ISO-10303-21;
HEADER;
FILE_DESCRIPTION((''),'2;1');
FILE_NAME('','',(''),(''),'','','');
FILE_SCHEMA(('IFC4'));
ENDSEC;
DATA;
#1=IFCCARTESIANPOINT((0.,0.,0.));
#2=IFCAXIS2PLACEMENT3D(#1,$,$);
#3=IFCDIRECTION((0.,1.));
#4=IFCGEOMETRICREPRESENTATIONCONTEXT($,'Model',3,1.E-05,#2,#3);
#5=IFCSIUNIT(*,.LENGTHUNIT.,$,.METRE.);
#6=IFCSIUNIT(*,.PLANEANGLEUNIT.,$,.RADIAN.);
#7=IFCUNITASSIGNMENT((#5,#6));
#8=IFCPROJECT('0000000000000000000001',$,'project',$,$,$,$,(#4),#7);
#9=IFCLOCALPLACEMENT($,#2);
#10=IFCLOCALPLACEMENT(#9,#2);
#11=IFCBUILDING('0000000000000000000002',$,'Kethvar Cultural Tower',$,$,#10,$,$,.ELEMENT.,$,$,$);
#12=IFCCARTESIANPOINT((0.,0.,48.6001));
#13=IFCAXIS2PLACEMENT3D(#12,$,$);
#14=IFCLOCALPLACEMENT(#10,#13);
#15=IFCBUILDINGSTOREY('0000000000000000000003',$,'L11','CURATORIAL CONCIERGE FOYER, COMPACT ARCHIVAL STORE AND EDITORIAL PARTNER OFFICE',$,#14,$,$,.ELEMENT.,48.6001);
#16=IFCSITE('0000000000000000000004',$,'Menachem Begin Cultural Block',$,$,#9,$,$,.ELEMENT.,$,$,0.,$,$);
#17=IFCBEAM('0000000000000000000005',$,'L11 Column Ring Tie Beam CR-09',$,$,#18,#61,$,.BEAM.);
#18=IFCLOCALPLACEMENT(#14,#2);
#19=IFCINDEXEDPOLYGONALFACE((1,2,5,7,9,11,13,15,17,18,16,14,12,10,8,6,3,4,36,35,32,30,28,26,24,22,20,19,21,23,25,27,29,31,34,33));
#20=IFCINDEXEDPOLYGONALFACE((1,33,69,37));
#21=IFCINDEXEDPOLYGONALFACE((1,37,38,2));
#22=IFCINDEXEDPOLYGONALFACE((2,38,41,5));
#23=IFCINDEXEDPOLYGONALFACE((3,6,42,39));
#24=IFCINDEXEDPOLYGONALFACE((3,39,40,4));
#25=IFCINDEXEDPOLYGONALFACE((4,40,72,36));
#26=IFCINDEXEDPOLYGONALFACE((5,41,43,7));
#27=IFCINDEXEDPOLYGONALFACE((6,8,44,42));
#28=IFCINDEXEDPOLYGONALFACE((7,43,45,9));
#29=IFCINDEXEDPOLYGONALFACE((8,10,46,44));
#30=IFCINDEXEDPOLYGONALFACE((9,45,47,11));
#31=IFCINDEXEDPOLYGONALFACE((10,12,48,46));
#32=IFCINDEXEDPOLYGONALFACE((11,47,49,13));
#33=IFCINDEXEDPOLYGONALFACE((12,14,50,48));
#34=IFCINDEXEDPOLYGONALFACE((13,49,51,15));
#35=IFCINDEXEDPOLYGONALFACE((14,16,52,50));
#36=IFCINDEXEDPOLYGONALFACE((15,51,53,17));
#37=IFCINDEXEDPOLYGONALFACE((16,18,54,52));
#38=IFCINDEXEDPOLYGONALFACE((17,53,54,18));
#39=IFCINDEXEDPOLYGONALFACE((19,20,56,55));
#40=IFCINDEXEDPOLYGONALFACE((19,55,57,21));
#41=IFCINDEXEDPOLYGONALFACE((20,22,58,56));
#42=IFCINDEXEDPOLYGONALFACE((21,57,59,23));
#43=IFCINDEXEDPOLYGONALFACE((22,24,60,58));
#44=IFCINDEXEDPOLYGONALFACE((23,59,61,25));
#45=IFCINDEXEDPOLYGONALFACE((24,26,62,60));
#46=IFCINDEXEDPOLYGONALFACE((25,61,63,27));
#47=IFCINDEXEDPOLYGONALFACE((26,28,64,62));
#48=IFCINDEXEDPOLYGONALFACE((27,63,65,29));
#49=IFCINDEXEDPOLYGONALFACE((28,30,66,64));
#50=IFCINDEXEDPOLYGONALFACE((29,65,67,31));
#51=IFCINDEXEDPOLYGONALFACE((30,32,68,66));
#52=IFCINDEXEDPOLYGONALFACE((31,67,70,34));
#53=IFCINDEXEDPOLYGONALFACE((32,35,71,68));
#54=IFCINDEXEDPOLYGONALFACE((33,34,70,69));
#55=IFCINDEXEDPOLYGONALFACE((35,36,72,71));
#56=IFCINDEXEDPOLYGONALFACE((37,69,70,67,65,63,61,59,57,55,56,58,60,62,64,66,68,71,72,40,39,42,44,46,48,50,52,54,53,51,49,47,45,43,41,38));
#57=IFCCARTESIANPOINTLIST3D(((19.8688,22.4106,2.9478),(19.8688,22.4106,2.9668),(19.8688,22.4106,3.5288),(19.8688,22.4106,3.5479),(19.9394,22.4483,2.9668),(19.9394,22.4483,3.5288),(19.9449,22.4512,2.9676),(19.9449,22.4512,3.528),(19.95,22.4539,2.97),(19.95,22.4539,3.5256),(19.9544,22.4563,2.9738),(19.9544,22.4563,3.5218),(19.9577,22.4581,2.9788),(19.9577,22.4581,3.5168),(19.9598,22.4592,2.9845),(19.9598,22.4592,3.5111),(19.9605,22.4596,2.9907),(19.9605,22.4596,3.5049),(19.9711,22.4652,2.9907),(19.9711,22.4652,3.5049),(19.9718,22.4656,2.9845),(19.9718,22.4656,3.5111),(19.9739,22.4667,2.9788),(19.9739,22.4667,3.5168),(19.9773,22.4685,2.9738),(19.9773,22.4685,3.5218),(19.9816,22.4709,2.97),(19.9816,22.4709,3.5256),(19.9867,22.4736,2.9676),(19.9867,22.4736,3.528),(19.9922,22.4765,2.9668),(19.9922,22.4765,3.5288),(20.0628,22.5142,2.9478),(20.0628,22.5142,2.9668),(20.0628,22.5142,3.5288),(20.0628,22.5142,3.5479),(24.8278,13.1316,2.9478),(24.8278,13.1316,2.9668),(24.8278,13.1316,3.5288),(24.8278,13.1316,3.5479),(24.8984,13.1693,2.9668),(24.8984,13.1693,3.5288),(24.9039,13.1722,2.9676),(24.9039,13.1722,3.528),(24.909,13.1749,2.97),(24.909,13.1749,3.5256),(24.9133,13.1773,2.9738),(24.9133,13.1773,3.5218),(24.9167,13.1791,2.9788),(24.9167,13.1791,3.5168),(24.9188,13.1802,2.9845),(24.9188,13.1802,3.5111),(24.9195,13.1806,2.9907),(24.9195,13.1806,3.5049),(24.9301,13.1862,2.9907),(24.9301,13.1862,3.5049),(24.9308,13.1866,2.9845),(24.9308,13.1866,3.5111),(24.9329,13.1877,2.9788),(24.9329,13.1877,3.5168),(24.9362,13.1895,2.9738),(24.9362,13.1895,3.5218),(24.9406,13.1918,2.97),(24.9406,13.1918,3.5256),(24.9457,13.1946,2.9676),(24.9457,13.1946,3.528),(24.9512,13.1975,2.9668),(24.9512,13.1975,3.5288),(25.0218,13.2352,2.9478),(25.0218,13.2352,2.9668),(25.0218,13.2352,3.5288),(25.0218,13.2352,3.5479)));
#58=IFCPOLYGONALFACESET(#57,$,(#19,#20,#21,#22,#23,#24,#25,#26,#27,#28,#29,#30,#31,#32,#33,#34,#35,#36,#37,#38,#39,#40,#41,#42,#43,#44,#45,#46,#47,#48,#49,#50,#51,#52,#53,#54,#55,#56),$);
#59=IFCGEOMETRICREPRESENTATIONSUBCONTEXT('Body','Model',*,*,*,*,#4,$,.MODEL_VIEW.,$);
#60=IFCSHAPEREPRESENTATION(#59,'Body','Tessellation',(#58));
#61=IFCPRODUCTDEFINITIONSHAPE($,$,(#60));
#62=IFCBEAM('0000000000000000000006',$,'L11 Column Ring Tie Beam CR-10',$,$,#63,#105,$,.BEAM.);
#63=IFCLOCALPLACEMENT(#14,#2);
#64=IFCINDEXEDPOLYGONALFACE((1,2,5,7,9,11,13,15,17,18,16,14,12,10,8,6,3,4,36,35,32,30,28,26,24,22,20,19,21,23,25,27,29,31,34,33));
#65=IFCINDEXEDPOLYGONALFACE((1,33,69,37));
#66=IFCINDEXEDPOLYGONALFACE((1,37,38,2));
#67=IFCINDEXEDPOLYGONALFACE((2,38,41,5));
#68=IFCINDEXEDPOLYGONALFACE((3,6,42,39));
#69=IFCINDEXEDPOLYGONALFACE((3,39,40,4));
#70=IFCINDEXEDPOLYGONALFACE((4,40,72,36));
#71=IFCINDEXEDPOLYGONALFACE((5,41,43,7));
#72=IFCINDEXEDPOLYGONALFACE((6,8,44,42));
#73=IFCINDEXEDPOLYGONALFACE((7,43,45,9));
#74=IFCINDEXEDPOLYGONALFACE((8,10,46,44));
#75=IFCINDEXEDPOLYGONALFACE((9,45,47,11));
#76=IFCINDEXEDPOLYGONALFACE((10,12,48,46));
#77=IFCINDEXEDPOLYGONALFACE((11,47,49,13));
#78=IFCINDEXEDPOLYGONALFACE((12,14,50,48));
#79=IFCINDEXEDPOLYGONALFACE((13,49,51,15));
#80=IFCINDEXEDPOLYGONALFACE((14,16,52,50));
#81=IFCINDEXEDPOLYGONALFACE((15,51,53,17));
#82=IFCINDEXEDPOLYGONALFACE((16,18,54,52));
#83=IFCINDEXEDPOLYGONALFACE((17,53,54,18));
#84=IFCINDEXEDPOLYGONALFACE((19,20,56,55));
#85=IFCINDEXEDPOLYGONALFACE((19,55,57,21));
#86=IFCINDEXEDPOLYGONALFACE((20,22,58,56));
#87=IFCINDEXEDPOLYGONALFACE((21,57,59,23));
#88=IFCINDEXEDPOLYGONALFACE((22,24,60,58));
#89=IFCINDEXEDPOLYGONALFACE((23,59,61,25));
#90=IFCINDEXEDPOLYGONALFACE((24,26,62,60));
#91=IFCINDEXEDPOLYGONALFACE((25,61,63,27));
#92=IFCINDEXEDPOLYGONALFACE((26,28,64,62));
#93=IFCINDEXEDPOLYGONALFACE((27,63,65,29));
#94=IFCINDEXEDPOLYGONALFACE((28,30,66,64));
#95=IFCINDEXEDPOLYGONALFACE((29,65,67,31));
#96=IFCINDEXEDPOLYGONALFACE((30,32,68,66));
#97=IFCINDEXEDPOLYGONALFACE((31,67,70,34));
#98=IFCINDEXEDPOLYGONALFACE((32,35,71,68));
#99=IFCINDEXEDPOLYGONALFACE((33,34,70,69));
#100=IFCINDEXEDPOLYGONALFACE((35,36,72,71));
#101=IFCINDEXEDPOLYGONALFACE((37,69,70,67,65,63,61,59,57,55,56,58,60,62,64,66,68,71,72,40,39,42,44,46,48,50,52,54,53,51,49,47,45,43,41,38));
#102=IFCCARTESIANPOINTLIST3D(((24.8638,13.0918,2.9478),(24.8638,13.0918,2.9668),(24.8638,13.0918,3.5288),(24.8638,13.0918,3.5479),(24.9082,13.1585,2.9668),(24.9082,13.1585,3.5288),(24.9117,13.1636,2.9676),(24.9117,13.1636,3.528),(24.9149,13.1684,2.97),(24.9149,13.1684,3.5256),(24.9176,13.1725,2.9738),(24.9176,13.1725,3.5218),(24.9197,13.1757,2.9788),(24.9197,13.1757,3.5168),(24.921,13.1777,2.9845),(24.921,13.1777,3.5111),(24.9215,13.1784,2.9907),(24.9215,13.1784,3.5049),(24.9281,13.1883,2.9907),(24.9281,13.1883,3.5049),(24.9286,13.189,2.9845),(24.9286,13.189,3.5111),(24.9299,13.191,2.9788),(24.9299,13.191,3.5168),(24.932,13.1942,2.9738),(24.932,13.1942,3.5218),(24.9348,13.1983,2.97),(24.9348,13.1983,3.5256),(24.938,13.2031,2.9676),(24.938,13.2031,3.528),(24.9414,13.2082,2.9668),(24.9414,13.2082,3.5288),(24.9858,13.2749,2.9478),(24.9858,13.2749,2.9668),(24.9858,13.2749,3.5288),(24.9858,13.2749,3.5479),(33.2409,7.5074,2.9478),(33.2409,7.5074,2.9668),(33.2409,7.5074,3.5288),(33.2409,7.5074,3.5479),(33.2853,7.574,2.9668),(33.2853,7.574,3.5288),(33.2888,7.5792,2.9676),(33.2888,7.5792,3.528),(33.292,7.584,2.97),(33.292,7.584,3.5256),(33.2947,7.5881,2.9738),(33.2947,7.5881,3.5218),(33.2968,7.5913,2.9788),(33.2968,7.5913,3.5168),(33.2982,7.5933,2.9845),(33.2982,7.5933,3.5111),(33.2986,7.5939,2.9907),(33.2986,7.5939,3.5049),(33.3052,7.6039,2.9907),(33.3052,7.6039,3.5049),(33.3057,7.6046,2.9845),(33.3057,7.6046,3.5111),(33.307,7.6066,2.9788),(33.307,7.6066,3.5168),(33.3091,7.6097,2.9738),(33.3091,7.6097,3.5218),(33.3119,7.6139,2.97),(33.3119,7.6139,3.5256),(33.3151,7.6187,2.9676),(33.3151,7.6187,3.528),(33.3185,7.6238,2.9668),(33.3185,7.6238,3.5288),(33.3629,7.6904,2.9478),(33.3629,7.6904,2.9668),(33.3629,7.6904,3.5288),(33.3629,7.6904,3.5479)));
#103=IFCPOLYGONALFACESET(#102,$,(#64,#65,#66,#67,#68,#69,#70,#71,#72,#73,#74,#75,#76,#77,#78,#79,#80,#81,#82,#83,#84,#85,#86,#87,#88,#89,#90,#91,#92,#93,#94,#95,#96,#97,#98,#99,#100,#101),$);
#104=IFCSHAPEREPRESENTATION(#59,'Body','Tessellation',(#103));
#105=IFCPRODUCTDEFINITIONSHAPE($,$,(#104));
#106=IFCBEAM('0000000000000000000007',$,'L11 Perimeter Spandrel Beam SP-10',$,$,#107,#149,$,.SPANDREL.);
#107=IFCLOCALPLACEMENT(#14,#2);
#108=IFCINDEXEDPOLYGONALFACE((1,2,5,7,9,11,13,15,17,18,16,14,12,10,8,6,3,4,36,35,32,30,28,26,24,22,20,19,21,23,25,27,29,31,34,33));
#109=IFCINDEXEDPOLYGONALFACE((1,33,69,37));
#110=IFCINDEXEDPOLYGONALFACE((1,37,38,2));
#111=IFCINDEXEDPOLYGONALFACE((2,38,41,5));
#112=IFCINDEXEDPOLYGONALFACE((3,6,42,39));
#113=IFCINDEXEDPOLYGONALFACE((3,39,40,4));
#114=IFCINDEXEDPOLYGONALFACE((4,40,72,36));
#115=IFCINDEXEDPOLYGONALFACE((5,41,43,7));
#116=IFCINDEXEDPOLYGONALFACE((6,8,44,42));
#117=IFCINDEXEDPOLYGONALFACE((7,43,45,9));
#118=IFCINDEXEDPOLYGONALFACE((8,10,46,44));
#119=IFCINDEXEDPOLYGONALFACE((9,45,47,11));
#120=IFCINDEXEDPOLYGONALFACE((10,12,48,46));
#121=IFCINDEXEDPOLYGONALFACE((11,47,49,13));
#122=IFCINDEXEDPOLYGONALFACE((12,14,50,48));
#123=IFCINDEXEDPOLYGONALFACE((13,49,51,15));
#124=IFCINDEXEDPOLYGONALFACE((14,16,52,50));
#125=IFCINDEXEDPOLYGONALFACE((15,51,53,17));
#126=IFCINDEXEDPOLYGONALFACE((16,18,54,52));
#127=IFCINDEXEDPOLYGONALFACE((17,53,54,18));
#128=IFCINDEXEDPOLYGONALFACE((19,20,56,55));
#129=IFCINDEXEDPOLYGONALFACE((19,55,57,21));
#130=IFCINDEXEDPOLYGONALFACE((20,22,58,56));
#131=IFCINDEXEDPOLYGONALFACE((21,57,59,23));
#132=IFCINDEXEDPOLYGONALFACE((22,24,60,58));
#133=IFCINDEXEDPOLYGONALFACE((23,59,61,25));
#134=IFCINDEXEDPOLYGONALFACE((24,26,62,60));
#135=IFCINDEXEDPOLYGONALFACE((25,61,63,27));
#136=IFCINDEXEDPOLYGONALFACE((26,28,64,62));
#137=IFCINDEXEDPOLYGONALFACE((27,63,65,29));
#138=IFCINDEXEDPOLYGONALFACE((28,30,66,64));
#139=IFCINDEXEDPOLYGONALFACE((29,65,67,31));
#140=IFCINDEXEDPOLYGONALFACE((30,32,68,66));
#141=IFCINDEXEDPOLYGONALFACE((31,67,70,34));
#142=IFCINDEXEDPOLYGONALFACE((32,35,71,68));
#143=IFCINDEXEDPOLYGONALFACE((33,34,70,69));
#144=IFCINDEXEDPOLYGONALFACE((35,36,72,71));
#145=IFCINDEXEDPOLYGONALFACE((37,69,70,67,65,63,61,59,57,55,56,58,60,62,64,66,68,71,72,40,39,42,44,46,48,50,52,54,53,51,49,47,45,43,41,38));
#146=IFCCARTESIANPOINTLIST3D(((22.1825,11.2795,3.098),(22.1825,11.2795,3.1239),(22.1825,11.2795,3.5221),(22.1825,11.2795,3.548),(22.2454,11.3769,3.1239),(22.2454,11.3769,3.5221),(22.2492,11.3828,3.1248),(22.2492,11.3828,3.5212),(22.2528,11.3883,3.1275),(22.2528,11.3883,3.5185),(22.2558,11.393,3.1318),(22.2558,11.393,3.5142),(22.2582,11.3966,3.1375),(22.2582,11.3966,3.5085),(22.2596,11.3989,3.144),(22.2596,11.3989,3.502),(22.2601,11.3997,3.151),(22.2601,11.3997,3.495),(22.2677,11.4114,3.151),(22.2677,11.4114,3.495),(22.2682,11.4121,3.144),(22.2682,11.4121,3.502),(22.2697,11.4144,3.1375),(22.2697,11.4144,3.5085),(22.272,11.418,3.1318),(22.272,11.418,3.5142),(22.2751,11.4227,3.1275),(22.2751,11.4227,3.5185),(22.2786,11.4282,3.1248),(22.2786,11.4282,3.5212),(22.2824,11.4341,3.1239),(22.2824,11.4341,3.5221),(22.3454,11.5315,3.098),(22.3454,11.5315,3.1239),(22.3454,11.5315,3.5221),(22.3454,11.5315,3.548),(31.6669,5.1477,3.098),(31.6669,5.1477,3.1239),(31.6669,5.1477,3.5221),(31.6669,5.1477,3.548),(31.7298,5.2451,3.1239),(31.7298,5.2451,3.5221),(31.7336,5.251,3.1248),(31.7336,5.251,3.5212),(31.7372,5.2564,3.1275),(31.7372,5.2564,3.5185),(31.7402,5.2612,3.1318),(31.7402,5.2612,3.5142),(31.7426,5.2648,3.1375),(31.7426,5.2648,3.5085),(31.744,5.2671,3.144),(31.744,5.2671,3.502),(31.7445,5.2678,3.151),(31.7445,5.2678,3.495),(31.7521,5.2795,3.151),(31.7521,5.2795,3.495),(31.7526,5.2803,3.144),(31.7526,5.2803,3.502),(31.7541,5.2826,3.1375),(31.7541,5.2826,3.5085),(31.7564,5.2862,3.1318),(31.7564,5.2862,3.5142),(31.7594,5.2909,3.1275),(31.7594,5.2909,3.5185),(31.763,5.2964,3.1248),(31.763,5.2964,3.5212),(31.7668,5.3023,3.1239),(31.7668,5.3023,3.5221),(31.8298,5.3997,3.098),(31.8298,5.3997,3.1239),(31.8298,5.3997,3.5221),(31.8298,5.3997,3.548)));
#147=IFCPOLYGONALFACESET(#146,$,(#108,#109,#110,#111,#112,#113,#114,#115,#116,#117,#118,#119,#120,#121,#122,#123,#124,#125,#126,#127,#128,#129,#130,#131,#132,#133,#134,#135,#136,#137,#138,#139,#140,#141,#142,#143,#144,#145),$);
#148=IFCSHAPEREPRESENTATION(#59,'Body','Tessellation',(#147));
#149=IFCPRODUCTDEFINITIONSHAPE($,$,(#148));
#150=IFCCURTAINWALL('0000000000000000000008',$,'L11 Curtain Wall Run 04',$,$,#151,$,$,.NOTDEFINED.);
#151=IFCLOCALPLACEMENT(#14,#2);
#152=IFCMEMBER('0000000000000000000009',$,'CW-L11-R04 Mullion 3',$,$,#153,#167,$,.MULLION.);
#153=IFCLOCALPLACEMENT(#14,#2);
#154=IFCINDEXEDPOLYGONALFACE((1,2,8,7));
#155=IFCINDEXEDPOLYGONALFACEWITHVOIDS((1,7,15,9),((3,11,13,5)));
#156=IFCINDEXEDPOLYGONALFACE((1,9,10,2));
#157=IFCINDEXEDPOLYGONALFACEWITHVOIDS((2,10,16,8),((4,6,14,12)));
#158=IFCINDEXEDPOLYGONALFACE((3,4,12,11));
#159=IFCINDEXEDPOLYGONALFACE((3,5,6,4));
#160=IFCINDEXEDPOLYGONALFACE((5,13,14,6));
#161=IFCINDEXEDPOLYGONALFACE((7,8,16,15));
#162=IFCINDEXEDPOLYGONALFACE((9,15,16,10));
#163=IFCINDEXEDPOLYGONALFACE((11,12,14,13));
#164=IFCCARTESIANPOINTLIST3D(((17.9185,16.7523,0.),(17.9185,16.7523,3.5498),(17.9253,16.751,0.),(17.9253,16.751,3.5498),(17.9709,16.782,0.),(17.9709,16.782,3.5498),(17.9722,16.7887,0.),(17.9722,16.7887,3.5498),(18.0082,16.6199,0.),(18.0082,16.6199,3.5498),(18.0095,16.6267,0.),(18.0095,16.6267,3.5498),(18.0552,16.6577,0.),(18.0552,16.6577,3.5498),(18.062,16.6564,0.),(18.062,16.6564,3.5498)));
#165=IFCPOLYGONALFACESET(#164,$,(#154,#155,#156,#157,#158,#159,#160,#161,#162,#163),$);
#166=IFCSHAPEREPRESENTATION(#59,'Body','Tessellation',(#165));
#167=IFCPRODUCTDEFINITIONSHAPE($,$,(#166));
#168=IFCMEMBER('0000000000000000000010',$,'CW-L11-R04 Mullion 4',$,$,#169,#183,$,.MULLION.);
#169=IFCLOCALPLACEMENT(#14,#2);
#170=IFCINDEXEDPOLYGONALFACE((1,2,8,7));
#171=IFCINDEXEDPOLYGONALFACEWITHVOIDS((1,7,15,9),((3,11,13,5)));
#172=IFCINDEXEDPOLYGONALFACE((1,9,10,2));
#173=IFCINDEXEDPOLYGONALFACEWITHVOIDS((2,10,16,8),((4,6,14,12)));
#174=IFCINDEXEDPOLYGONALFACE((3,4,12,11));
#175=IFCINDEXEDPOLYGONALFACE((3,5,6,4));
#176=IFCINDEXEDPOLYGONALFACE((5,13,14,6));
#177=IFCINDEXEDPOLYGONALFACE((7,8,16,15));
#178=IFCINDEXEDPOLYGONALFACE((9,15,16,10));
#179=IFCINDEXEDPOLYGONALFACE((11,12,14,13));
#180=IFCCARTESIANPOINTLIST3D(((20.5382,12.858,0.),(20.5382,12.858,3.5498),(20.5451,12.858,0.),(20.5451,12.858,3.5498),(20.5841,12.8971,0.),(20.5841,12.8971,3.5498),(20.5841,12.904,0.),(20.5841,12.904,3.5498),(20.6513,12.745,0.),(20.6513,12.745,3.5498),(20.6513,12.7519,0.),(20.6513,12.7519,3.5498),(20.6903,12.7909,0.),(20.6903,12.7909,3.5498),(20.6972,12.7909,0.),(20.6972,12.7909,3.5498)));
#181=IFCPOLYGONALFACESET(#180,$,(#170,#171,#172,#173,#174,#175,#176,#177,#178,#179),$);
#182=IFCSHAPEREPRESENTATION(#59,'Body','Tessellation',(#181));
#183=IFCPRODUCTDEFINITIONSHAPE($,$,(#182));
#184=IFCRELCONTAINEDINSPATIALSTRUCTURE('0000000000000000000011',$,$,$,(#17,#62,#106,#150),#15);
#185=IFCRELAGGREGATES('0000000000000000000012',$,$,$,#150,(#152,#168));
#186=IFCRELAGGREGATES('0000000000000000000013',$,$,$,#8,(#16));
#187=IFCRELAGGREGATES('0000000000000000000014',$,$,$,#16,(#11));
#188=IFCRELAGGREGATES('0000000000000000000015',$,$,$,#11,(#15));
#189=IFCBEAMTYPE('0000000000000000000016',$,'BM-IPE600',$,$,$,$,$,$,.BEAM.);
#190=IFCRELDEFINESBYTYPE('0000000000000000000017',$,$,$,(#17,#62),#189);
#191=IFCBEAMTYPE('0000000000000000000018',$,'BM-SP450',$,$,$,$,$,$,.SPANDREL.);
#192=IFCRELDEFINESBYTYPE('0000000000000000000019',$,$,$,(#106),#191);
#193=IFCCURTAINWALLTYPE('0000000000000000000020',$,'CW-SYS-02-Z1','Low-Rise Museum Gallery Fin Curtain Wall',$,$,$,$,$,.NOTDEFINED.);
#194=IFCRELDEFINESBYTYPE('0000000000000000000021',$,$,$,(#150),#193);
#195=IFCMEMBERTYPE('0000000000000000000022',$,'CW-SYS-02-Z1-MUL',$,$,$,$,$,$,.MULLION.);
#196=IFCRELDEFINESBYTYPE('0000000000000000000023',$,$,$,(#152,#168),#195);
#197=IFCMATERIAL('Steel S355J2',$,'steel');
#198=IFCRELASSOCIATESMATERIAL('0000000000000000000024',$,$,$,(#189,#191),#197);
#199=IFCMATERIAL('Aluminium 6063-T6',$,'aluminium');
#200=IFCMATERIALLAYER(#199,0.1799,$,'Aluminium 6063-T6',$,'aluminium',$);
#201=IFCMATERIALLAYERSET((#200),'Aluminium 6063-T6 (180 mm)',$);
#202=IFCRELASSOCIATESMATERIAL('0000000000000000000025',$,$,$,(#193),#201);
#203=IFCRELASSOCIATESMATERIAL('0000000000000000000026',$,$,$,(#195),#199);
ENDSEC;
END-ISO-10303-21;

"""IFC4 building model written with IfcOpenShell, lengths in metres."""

from ifc_helpers import new_model, si_unit, direction, frame, origin, origin_2d, place, context, subcontext, project, spatial, hollow_rectangle, i_section, extrude, source, transform, mapped, material, layer, layer_set, material_profile, profile_set, type_object, element, aggregate, save


model = new_model("IFC4")

# Units and contexts
model_context = context("Model", 3, precision=1e-05, world=origin(), true_north=direction((0.0, 1.0)))
body_context = subcontext(model_context, "Body", "Model", "MODEL_VIEW")
ifc_project = project(units=[si_unit("LENGTHUNIT", "METRE"), si_unit("PLANEANGLEUNIT", "RADIAN")], contexts=[model_context])

# Site, building, storey
site_placement = place(None, origin())
site = spatial("IfcSite", under=ifc_project, at=site_placement, Name="Menachem Begin Cultural Block", CompositionType="ELEMENT", RefElevation=0.0)
building_placement = place(site_placement, origin())
building = spatial("IfcBuilding", under=site, at=building_placement, Name="Kethvar Cultural Tower", CompositionType="ELEMENT")
storey_placement = place(building_placement, frame((0.0, 0.0, 48.6001)))
storey = spatial("IfcBuildingStorey", under=building, at=storey_placement, Name="L11", Description="CURATORIAL CONCIERGE FOYER, COMPACT ARCHIVAL STORE AND EDITORIAL PARTNER OFFICE", CompositionType="ELEMENT", Elevation=48.6001)

# Beams
ifc_material_1 = material(Name="Steel S355J2", Category="steel")
ifc_material_profile_1 = material_profile(ifc_material_1, i_section(OverallWidth=0.22, OverallDepth=0.6001, WebThickness=0.012, FlangeThickness=0.019, FilletRadius=0.0239, at=origin_2d()), Name="Steel S355J2 — IPE600")
ifc_profile_set_1 = profile_set([ifc_material_profile_1], Name="Steel S355J2 — IPE600")
beam_type_1 = type_object("IfcBeamType", Name="BM-IPE600", PredefinedType="BEAM", material=ifc_profile_set_1)
shared_shape_1 = source(origin(), body_context, "Body", "SweptSolid", [
    extrude(i_section(OverallWidth=0.22, OverallDepth=0.6001, WebThickness=0.012, FlangeThickness=0.019, FilletRadius=0.0239, at=origin_2d()), origin(), (0.0, 0.0, 1.0), 10.521),
])
beam_1_placement = place(storey_placement, frame((19.9658, 22.4624, 3.2478), z_axis=(0.47134, -0.881952, 0.0), x_axis=(0.881952, 0.47134, 0.0)))
element("IfcBeam", 1, at=beam_1_placement, inside=storey, type_object=beam_type_1, Name="L11 Column Ring Tie Beam CR-09", PredefinedType="BEAM", context=body_context, shape_type="MappedRepresentation", body=[
    mapped(shared_shape_1, transform((0.0, 0.0, 0.0), scale=1.0)),
])
shared_shape_2 = source(origin(), body_context, "Body", "SweptSolid", [
    extrude(i_section(OverallWidth=0.22, OverallDepth=0.6001, WebThickness=0.012, FlangeThickness=0.019, FilletRadius=0.0239, at=origin_2d()), origin(), (0.0, 0.0, 1.0), 10.0679),
])
beam_2_placement = place(storey_placement, frame((24.9248, 13.1833, 3.2478), z_axis=(0.832065, -0.554678, 0.0), x_axis=(0.554678, 0.832065, 0.0)))
element("IfcBeam", 2, at=beam_2_placement, inside=storey, type_object=beam_type_1, Name="L11 Column Ring Tie Beam CR-10", PredefinedType="BEAM", context=body_context, shape_type="MappedRepresentation", body=[
    mapped(shared_shape_2, transform((0.0, 0.0, 0.0), scale=1.0)),
])
ifc_material_profile_2 = material_profile(ifc_material_1, i_section(OverallWidth=0.3, OverallDepth=0.45, WebThickness=0.0139, FlangeThickness=0.0259, FilletRadius=0.0271, at=origin_2d()), Name="Steel S355J2 — HEB450")
ifc_profile_set_2 = profile_set([ifc_material_profile_2], Name="Steel S355J2 — HEB450")
beam_type_2 = type_object("IfcBeamType", Name="BM-SP450", PredefinedType="SPANDREL", material=ifc_profile_set_2)
shared_shape_3 = source(origin(), body_context, "Body", "SweptSolid", [
    extrude(i_section(OverallWidth=0.3, OverallDepth=0.45, WebThickness=0.0139, FlangeThickness=0.0259, FilletRadius=0.0271, at=origin_2d()), origin(), (0.0, 0.0, 1.0), 11.2939),
])
beam_3_placement = place(storey_placement, frame((22.2639, 11.4055, 3.323), z_axis=(0.839777, -0.542932, 0.0), x_axis=(0.542932, 0.839777, 0.0)))
element("IfcBeam", 3, at=beam_3_placement, inside=storey, type_object=beam_type_2, Name="L11 Perimeter Spandrel Beam SP-10", PredefinedType="SPANDREL", context=body_context, shape_type="MappedRepresentation", body=[
    mapped(shared_shape_3, transform((0.0, 0.0, 0.0), scale=1.0)),
])

# Curtain wall, members
ifc_material_2 = material(Name="Aluminium 6063-T6", Category="aluminium")
ifc_layer_1 = layer(ifc_material_2, 0.1799, Name="Aluminium 6063-T6", Category="aluminium")
ifc_layer_set_1 = layer_set([ifc_layer_1], Name="Aluminium 6063-T6 (180 mm)")
curtain_wall_type = type_object("IfcCurtainWallType", Name="CW-SYS-02-Z1", Description="Low-Rise Museum Gallery Fin Curtain Wall", PredefinedType="NOTDEFINED", material=ifc_layer_set_1)
curtain_wall_placement = place(storey_placement, origin())
curtain_wall = element("IfcCurtainWall", 4, at=curtain_wall_placement, inside=storey, type_object=curtain_wall_type, Name="L11 Curtain Wall Run 04", PredefinedType="NOTDEFINED")
ifc_material_profile_3 = material_profile(ifc_material_2, hollow_rectangle(XDim=0.0649, YDim=0.1599, WallThickness=0.0049, at=origin_2d()), Name="Aluminium 6063-T6 — RHS160x65x5")
ifc_profile_set_3 = profile_set([ifc_material_profile_3], Name="Aluminium 6063-T6 — RHS160x65x5")
member_type_1 = type_object("IfcMemberType", Name="CW-SYS-02-Z1-MUL", PredefinedType="MULLION", material=ifc_profile_set_3)
shared_shape_4 = source(origin(), body_context, "Body", "SweptSolid", [
    extrude(hollow_rectangle(XDim=0.0649, YDim=0.1599, WallThickness=0.0049, at=origin_2d()), origin(), (0.0, 0.0, 1.0), 3.5498),
])
member_1_placement = place(storey_placement, frame((17.9902, 16.7043, 0.0), z_axis=(0.0, 0.0, 1.0), x_axis=(0.827747, 0.561101, 0.0)))
member_1 = element("IfcMember", 5, at=member_1_placement, type_object=member_type_1, Name="CW-L11-R04 Mullion 3", PredefinedType="MULLION", context=body_context, shape_type="MappedRepresentation", body=[
    mapped(shared_shape_4, transform((0.0, 0.0, 0.0), scale=1.0)),
])
member_2_placement = place(storey_placement, frame((20.6177, 12.8245, 0.0), z_axis=(0.0, 0.0, 1.0), x_axis=(0.707082, 0.707131, 0.0)))
member_2 = element("IfcMember", 6, at=member_2_placement, type_object=member_type_1, Name="CW-L11-R04 Mullion 4", PredefinedType="MULLION", context=body_context, shape_type="MappedRepresentation", body=[
    mapped(shared_shape_4, transform((0.0, 0.0, 0.0), scale=1.0)),
])
aggregate(curtain_wall, [member_1, member_2])

save(model, "model.ifc")
